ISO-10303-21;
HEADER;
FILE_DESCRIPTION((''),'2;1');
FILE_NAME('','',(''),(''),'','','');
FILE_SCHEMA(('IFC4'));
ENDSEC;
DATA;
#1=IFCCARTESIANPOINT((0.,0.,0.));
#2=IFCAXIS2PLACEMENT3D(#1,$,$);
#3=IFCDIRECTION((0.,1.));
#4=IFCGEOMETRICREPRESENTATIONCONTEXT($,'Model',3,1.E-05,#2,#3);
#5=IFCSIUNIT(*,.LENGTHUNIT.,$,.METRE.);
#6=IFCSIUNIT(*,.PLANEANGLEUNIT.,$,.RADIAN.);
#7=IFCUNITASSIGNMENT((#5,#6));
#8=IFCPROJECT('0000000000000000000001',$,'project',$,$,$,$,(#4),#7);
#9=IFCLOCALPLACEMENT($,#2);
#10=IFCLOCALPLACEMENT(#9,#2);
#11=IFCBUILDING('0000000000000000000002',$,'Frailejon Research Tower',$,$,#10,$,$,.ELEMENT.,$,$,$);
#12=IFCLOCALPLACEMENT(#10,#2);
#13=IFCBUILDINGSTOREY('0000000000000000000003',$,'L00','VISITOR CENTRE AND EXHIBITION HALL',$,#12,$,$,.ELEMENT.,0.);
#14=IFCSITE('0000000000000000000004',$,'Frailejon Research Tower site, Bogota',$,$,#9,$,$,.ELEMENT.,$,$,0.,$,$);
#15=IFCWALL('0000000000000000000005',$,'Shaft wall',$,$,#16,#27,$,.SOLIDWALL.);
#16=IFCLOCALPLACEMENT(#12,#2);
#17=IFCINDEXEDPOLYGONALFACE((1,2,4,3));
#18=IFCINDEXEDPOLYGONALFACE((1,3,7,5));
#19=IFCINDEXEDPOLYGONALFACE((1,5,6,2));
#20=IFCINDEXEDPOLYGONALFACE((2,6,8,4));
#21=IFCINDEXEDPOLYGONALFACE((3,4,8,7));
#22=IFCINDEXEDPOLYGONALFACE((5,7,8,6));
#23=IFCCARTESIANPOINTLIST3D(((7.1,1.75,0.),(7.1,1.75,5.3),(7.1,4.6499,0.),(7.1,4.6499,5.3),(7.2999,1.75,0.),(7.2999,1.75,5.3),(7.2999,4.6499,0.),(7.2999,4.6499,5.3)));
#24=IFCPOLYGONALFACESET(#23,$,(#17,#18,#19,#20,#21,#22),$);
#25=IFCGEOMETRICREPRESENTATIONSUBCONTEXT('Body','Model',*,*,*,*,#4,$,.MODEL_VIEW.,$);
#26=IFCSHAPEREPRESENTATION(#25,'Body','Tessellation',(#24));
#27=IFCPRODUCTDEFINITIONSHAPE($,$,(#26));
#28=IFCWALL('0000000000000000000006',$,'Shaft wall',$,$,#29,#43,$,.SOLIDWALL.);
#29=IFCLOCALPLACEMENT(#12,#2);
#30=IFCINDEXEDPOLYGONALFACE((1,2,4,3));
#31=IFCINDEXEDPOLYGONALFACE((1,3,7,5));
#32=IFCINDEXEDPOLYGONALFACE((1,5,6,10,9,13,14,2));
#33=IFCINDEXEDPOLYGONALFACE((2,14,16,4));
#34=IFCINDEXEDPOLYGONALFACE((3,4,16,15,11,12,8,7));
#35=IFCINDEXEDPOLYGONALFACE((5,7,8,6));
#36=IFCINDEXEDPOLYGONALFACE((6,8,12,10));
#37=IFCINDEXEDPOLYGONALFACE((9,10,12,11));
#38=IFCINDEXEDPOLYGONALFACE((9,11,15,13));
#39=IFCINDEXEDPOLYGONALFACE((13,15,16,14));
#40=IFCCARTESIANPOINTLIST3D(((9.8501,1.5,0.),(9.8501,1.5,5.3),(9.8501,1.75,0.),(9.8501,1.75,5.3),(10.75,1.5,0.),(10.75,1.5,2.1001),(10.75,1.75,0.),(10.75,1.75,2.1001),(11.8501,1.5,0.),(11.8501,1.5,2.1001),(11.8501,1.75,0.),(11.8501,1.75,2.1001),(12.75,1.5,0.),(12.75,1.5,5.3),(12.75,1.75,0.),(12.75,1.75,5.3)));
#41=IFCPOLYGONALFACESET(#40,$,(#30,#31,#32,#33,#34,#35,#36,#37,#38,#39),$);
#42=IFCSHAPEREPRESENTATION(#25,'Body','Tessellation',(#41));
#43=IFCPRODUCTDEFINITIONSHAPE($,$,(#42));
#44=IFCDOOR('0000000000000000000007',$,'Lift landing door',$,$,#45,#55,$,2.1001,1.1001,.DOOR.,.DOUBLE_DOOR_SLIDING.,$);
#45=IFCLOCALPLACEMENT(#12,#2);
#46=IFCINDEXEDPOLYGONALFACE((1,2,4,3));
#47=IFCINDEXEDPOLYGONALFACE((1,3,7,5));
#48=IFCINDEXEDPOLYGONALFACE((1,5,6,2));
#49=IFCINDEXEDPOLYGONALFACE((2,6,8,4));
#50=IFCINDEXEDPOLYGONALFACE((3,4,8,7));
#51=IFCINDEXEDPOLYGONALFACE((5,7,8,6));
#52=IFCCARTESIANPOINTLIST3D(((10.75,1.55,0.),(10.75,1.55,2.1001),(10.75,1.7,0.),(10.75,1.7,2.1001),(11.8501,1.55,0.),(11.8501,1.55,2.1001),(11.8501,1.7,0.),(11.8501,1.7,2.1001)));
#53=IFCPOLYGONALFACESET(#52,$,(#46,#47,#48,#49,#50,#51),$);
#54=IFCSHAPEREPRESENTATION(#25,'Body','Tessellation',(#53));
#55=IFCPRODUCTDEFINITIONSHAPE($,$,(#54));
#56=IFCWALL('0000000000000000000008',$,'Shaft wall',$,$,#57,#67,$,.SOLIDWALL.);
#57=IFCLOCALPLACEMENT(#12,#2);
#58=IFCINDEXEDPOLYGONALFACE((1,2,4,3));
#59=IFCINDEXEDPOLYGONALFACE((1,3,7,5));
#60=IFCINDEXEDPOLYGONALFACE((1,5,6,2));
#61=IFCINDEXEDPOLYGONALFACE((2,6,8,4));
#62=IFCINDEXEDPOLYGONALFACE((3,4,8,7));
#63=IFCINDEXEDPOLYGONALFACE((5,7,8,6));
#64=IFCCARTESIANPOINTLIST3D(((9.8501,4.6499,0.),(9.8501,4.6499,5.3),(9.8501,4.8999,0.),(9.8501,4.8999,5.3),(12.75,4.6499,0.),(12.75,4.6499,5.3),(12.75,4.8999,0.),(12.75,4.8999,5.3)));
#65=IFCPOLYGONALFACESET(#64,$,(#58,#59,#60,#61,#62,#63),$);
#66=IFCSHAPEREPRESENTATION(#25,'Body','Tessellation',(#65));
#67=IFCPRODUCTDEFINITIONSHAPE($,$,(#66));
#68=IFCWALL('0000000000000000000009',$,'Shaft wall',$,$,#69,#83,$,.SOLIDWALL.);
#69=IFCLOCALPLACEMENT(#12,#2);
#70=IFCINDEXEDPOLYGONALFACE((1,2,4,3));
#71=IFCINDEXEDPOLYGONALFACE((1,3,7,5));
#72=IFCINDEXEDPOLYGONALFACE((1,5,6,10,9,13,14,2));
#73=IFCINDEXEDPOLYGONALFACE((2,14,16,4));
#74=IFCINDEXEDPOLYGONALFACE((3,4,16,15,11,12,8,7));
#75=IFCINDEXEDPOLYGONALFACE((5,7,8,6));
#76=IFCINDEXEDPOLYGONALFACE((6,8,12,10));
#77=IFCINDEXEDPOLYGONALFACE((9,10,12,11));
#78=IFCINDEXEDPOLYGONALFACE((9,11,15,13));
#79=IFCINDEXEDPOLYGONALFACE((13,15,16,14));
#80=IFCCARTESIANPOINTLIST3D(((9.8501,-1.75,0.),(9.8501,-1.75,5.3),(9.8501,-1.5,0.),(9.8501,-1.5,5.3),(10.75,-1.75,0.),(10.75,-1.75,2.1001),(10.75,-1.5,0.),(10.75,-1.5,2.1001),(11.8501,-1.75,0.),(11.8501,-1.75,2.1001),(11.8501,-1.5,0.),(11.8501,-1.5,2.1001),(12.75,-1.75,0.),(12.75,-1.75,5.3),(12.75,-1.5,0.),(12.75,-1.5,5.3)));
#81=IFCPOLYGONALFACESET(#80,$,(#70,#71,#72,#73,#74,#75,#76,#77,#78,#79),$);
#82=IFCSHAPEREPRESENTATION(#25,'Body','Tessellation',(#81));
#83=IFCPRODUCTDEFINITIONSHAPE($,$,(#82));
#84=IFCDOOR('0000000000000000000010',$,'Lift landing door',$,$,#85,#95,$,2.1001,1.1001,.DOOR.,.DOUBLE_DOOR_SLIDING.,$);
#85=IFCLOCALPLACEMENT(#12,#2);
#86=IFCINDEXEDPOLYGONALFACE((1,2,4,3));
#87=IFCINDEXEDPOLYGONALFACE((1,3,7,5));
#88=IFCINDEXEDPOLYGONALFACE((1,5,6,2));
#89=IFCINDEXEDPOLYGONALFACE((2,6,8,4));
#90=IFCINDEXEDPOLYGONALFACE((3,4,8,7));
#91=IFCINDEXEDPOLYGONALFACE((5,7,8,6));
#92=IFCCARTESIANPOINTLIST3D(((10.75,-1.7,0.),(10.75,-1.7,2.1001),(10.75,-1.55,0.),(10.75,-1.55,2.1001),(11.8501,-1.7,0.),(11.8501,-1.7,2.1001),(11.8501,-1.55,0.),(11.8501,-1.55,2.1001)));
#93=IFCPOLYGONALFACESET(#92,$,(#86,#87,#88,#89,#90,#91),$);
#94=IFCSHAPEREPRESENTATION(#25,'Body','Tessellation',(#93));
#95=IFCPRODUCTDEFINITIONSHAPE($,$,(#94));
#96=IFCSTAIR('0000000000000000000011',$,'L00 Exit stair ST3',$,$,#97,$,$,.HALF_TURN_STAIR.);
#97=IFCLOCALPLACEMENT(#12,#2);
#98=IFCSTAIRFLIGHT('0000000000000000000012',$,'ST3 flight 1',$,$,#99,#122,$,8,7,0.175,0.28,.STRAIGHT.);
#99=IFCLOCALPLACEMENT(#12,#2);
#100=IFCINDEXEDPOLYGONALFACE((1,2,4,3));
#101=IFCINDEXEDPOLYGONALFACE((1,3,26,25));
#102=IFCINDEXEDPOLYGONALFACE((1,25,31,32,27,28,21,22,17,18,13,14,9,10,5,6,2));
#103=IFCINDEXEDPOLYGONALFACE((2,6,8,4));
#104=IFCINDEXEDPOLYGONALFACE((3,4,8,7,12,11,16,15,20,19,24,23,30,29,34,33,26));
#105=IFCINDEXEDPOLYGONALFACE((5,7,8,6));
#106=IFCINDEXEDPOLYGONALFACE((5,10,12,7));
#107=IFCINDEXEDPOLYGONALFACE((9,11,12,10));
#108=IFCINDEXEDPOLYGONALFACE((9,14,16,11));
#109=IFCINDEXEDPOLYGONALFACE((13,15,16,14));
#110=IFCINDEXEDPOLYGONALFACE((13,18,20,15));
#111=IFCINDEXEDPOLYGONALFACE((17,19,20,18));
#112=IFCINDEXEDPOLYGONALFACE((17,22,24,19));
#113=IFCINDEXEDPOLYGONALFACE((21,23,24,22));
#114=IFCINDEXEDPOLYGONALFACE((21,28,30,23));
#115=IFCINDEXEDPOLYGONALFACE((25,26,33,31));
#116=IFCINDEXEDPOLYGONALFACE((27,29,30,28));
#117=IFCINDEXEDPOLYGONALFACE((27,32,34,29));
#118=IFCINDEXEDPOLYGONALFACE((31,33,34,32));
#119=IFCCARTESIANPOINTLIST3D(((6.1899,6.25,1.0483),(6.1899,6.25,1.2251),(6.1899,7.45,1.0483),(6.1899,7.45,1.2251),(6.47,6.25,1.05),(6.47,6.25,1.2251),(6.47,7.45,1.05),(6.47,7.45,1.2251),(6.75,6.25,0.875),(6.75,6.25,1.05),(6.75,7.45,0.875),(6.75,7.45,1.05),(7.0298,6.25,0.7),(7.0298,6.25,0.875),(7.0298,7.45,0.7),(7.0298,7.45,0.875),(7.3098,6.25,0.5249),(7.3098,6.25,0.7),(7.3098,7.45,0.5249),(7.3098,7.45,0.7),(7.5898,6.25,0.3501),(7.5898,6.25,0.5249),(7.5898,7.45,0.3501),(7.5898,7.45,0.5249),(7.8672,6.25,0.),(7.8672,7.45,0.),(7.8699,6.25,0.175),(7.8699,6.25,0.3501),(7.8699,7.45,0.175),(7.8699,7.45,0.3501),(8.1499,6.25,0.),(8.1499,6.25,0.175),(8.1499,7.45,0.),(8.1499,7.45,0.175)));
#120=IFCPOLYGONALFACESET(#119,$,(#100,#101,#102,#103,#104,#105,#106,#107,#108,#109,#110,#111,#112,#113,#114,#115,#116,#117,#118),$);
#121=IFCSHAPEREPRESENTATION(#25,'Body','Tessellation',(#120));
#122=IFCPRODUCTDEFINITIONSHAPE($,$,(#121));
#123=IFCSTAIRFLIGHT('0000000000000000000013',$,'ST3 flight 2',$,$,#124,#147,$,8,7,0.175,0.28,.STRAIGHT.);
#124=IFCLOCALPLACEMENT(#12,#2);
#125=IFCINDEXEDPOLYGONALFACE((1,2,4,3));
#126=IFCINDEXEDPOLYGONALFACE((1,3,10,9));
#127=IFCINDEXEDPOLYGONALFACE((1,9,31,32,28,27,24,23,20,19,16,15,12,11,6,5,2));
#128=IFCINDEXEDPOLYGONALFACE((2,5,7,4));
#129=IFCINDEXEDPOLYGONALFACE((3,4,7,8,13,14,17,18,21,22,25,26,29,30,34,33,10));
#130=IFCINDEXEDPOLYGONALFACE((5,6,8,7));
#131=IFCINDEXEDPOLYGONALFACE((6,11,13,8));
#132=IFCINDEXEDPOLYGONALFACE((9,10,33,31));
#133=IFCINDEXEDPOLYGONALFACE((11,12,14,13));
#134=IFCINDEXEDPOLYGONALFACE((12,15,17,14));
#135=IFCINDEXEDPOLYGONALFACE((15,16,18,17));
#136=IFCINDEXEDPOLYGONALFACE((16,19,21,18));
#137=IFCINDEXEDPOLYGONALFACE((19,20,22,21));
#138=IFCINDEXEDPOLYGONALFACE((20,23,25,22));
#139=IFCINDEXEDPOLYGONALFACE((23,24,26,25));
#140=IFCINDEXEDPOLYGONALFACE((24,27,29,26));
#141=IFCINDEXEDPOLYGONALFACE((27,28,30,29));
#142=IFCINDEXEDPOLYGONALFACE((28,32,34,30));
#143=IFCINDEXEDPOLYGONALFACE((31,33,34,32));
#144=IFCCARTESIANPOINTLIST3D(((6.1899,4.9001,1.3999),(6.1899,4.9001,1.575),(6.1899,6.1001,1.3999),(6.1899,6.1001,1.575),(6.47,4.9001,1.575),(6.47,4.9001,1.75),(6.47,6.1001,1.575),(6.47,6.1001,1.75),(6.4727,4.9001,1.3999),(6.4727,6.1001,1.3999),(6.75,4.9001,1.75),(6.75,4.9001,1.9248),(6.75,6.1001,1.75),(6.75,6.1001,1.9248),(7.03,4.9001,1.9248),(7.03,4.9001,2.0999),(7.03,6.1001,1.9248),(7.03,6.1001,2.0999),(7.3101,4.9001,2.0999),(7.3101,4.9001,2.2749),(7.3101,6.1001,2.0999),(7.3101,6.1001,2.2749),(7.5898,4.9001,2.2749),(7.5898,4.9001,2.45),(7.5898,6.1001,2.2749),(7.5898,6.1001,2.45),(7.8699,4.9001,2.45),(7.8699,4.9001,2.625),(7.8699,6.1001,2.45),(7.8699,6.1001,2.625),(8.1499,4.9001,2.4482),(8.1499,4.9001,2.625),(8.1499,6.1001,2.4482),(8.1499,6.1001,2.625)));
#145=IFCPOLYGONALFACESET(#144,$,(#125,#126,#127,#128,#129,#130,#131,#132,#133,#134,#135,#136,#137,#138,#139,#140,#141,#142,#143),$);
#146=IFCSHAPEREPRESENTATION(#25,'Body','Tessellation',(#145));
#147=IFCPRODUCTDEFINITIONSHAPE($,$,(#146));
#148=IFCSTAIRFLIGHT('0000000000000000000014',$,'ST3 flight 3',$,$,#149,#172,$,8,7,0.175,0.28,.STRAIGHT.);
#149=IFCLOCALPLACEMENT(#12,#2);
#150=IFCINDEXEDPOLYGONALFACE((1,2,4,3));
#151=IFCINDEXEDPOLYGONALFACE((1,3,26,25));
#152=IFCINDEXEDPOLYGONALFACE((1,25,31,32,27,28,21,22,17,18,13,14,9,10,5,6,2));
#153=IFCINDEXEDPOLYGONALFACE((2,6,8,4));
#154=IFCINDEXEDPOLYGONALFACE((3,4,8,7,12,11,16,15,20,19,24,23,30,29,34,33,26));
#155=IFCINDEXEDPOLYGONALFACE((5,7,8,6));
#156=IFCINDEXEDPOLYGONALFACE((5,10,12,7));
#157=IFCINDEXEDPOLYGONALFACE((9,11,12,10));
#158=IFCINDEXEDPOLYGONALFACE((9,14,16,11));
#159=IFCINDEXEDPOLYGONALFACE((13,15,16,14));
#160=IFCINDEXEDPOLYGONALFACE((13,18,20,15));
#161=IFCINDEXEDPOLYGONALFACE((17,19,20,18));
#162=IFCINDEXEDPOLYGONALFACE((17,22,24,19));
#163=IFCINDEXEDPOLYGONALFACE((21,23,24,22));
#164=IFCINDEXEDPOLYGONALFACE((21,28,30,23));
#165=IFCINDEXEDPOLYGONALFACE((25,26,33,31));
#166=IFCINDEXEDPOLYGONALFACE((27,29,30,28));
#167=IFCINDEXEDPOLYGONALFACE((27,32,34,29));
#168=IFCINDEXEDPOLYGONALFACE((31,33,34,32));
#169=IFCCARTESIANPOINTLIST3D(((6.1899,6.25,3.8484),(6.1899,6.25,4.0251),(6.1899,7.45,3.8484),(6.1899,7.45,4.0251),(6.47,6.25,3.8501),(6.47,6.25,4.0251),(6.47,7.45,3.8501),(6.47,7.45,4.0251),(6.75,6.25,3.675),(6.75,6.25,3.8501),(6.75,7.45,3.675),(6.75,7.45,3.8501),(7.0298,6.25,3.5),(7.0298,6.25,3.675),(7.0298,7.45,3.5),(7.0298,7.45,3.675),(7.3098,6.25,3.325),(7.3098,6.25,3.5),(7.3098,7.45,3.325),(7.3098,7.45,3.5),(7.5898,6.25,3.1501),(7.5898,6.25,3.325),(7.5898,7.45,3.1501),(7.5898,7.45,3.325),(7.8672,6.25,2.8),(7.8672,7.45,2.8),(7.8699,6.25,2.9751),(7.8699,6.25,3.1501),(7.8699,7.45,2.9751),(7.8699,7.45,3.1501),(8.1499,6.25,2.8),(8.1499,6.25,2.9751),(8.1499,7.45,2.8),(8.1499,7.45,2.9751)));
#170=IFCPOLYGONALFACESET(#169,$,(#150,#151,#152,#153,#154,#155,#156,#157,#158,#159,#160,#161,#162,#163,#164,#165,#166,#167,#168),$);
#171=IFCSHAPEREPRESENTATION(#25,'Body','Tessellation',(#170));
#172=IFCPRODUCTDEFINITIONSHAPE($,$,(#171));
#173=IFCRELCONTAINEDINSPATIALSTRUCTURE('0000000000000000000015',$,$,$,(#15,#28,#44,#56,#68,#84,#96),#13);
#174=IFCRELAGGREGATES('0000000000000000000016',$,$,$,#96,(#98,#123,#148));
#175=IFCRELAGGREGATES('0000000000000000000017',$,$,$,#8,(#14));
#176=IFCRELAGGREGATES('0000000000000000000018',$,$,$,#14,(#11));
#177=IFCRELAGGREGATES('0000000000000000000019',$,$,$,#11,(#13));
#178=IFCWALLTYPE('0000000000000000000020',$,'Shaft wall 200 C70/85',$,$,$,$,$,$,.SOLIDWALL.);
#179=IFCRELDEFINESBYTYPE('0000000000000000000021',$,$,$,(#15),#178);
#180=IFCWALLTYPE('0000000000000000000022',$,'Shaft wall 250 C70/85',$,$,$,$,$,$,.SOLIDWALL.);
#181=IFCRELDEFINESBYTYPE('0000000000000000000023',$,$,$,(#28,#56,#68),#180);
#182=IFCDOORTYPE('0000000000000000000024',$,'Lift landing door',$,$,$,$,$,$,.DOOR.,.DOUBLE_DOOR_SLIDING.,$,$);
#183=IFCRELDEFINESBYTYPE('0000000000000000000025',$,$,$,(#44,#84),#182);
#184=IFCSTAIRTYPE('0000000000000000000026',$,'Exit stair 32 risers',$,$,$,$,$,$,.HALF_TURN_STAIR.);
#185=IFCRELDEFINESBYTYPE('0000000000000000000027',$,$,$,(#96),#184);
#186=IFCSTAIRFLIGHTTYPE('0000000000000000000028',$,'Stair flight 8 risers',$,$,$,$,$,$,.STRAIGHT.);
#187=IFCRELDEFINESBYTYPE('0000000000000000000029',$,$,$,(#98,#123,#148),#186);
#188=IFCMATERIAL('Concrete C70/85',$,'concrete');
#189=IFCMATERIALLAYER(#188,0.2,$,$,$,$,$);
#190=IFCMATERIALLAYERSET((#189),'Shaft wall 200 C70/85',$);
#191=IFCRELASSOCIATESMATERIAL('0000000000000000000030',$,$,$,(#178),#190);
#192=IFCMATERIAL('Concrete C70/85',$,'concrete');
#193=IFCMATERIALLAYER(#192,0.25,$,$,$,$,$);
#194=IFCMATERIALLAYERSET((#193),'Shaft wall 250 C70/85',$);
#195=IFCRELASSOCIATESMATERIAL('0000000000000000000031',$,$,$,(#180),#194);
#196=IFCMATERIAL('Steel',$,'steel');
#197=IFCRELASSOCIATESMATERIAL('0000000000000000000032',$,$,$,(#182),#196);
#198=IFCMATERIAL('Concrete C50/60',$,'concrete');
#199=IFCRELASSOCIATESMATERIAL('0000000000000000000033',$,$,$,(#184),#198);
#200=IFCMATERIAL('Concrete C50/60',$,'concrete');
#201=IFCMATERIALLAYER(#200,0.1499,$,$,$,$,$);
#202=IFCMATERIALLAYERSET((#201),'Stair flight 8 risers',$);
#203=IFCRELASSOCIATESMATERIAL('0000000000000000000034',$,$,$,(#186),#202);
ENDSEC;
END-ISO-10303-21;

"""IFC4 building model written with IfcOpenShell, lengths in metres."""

from ifc_helpers import new_model, si_unit, direction, frame, frame_2d, origin, place, context, subcontext, project, spatial, polyline, rectangle, outline, extrude, material, layer, layer_set, type_object, element, fill, aggregate, save


model = new_model("IFC4")

# Units and contexts
model_context = context("Model", 3, precision=1e-05, world=origin(), true_north=direction((0.0, 1.0)))
body_context = subcontext(model_context, "Body", "Model", "MODEL_VIEW")
ifc_project = project(units=[si_unit("LENGTHUNIT", "METRE"), si_unit("PLANEANGLEUNIT", "RADIAN")], contexts=[model_context])

# Site, building, storey
site_placement = place(None, origin())
site = spatial("IfcSite", under=ifc_project, at=site_placement, Name="Frailejon Research Tower site, Bogota", CompositionType="ELEMENT", RefElevation=0.0)
building_placement = place(site_placement, origin())
building = spatial("IfcBuilding", under=site, at=building_placement, Name="Frailejon Research Tower", CompositionType="ELEMENT")
storey_placement = place(building_placement, origin())
storey = spatial("IfcBuildingStorey", under=building, at=storey_placement, Name="L00", Description="VISITOR CENTRE AND EXHIBITION HALL", CompositionType="ELEMENT", Elevation=0.0)

# Wall
ifc_material_1 = material(Name="Concrete C70/85", Category="concrete")
ifc_layer_1 = layer(ifc_material_1, 0.2)
ifc_layer_set_1 = layer_set([ifc_layer_1], Name="Shaft wall 200 C70/85")
wall_type_1 = type_object("IfcWallType", Name="Shaft wall 200 C70/85", PredefinedType="SOLIDWALL", material=ifc_layer_set_1)
for number, where, z_axis, x_axis, name in (
    (1, (7.2, 1.75, 0.0), (0.0, 0.0, 1.0), (0.0, 1.0, 0.0), "Shaft wall"),
):
    element("IfcWall", number, at=place(storey_placement, frame(where, z_axis=z_axis, x_axis=x_axis)), inside=storey, type_object=wall_type_1, Name=name, PredefinedType="SOLIDWALL", context=body_context, shape_type="SweptSolid", body=[
        extrude(rectangle(XDim=2.8999, YDim=0.2, at=frame_2d((1.45, 0.0))), origin(), (0.0, 0.0, 1.0), 5.3),
    ])

# Wall, opening, door
ifc_material_2 = material(Name="Concrete C70/85", Category="concrete")
ifc_layer_2 = layer(ifc_material_2, 0.25)
ifc_layer_set_2 = layer_set([ifc_layer_2], Name="Shaft wall 250 C70/85")
wall_type_2 = type_object("IfcWallType", Name="Shaft wall 250 C70/85", PredefinedType="SOLIDWALL", material=ifc_layer_set_2)
wall_1_placement = place(storey_placement, frame((9.8501, 1.625, 0.0), z_axis=(0.0, 0.0, 1.0), x_axis=(1.0, 0.0, 0.0)))
wall_1 = element("IfcWall", 2, at=wall_1_placement, inside=storey, type_object=wall_type_2, Name="Shaft wall", PredefinedType="SOLIDWALL", context=body_context, shape_type="SweptSolid", body=[
    extrude(rectangle(XDim=2.8999, YDim=0.25, at=frame_2d((1.45, 0.0))), origin(), (0.0, 0.0, 1.0), 5.3),
])
opening_1_placement = place(wall_1_placement, frame((0.8999, 0.0, 0.0)))
opening_1 = element("IfcOpeningElement", 3, at=opening_1_placement, cuts=wall_1, PredefinedType="OPENING", context=body_context, shape_type="SweptSolid", body=[
    extrude(rectangle(XDim=1.1001, YDim=2.1001, at=frame_2d((0.55, 1.05))), frame((0.0, 0.135, 0.0), z_axis=(0.0, -1.0, 0.0), x_axis=(1.0, 0.0, 0.0)), (0.0, 0.0, 1.0), 0.27),
])
ifc_material_3 = material(Name="Steel", Category="steel")
door_type_1 = type_object("IfcDoorType", Name="Lift landing door", OperationType="DOUBLE_DOOR_SLIDING", PredefinedType="DOOR", material=ifc_material_3)
door_1_placement = place(opening_1_placement, origin())
door_1 = element("IfcDoor", 4, at=door_1_placement, inside=storey, type_object=door_type_1, Name="Lift landing door", OperationType="DOUBLE_DOOR_SLIDING", OverallHeight=2.1001, OverallWidth=1.1001, PredefinedType="DOOR", context=body_context, shape_type="SweptSolid", body=[
    extrude(rectangle(XDim=1.1001, YDim=2.1001, at=frame_2d((0.55, 1.05))), frame((0.0, 0.075, 0.0), z_axis=(0.0, -1.0, 0.0), x_axis=(1.0, 0.0, 0.0)), (0.0, 0.0, 1.0), 0.1499),
])
fill(opening_1, door_1)

# Wall
wall_2_placement = place(storey_placement, frame((9.8501, 4.7749, 0.0), z_axis=(0.0, 0.0, 1.0), x_axis=(1.0, 0.0, 0.0)))
element("IfcWall", 5, at=wall_2_placement, inside=storey, type_object=wall_type_2, Name="Shaft wall", PredefinedType="SOLIDWALL", context=body_context, shape_type="SweptSolid", body=[
    extrude(rectangle(XDim=2.8999, YDim=0.25, at=frame_2d((1.45, 0.0))), origin(), (0.0, 0.0, 1.0), 5.3),
])

# Wall, opening, door
wall_3_placement = place(storey_placement, frame((9.8501, -1.625, 0.0), z_axis=(0.0, 0.0, 1.0), x_axis=(1.0, 0.0, 0.0)))
wall_3 = element("IfcWall", 6, at=wall_3_placement, inside=storey, type_object=wall_type_2, Name="Shaft wall", PredefinedType="SOLIDWALL", context=body_context, shape_type="SweptSolid", body=[
    extrude(rectangle(XDim=2.8999, YDim=0.25, at=frame_2d((1.45, 0.0))), origin(), (0.0, 0.0, 1.0), 5.3),
])
opening_2_placement = place(wall_3_placement, frame((0.8999, 0.0, 0.0)))
opening_2 = element("IfcOpeningElement", 7, at=opening_2_placement, cuts=wall_3, PredefinedType="OPENING", context=body_context, shape_type="SweptSolid", body=[
    extrude(rectangle(XDim=1.1001, YDim=2.1001, at=frame_2d((0.55, 1.05))), frame((0.0, 0.135, 0.0), z_axis=(0.0, -1.0, 0.0), x_axis=(1.0, 0.0, 0.0)), (0.0, 0.0, 1.0), 0.27),
])
door_2_placement = place(opening_2_placement, origin())
door_2 = element("IfcDoor", 8, at=door_2_placement, inside=storey, type_object=door_type_1, Name="Lift landing door", OperationType="DOUBLE_DOOR_SLIDING", OverallHeight=2.1001, OverallWidth=1.1001, PredefinedType="DOOR", context=body_context, shape_type="SweptSolid", body=[
    extrude(rectangle(XDim=1.1001, YDim=2.1001, at=frame_2d((0.55, 1.05))), frame((0.0, 0.075, 0.0), z_axis=(0.0, -1.0, 0.0), x_axis=(1.0, 0.0, 0.0)), (0.0, 0.0, 1.0), 0.1499),
])
fill(opening_2, door_2)

# Stair, stair flights
ifc_material_4 = material(Name="Concrete C50/60", Category="concrete")
stair_type = type_object("IfcStairType", Name="Exit stair 32 risers", PredefinedType="HALF_TURN_STAIR", material=ifc_material_4)
stair_placement = place(storey_placement, origin())
stair = element("IfcStair", 9, at=stair_placement, inside=storey, type_object=stair_type, Name="L00 Exit stair ST3", PredefinedType="HALF_TURN_STAIR")
ifc_material_5 = material(Name="Concrete C50/60", Category="concrete")
ifc_layer_3 = layer(ifc_material_5, 0.1499)
ifc_layer_set_3 = layer_set([ifc_layer_3], Name="Stair flight 8 risers")
stair_flight_type = type_object("IfcStairFlightType", Name="Stair flight 8 risers", PredefinedType="STRAIGHT", material=ifc_layer_set_3)
stair_flight_1_placement = place(storey_placement, frame((8.1499, 6.8501, 0.0), z_axis=(0.0, 0.0, 1.0), x_axis=(-1.0, 0.0, 0.0)))
stair_flight_1 = element("IfcStairFlight", 10, at=stair_flight_1_placement, type_object=stair_flight_type, Name="ST3 flight 1", NumberOfRisers=8, NumberOfTreads=7, PredefinedType="STRAIGHT", RiserHeight=0.175, TreadLength=0.28, context=body_context, shape_type="SweptSolid", body=[
    extrude(outline(polyline([(0.0, 0.0), (0.0, 0.175), (0.28, 0.175), (0.28, 0.3501), (0.5601, 0.3501), (0.5601, 0.5249), (0.8401, 0.5249), (0.8401, 0.7), (1.1201, 0.7), (1.1201, 0.875), (1.3999, 0.875), (1.3999, 1.05), (1.6799, 1.05), (1.6799, 1.2251), (1.96, 1.2251), (1.96, 1.3999), (1.96, 1.0483), (0.2827, 0.0), (0.0, 0.0)])), frame((0.0, 0.6001, 0.0), z_axis=(0.0, -1.0, 0.0), x_axis=(1.0, 0.0, 0.0)), (0.0, 0.0, 1.0), 1.2),
])
stair_flight_2_placement = place(storey_placement, frame((6.1899, 5.5, 1.3999), z_axis=(0.0, 0.0, 1.0), x_axis=(1.0, 0.0, 0.0)))
stair_flight_2 = element("IfcStairFlight", 11, at=stair_flight_2_placement, type_object=stair_flight_type, Name="ST3 flight 2", NumberOfRisers=8, NumberOfTreads=7, PredefinedType="STRAIGHT", RiserHeight=0.175, TreadLength=0.28, context=body_context, shape_type="SweptSolid", body=[
    extrude(outline(polyline([(0.0, 0.0), (0.0, 0.175), (0.28, 0.175), (0.28, 0.3501), (0.5601, 0.3501), (0.5601, 0.5249), (0.8401, 0.5249), (0.8401, 0.7), (1.1201, 0.7), (1.1201, 0.875), (1.3999, 0.875), (1.3999, 1.05), (1.6799, 1.05), (1.6799, 1.2251), (1.96, 1.2251), (1.96, 1.3999), (1.96, 1.0483), (0.2827, 0.0), (0.0, 0.0)])), frame((0.0, 0.6001, 0.0), z_axis=(0.0, -1.0, 0.0), x_axis=(1.0, 0.0, 0.0)), (0.0, 0.0, 1.0), 1.2),
])
stair_flight_3_placement = place(storey_placement, frame((8.1499, 6.8501, 2.8), z_axis=(0.0, 0.0, 1.0), x_axis=(-1.0, 0.0, 0.0)))
stair_flight_3 = element("IfcStairFlight", 12, at=stair_flight_3_placement, type_object=stair_flight_type, Name="ST3 flight 3", NumberOfRisers=8, NumberOfTreads=7, PredefinedType="STRAIGHT", RiserHeight=0.175, TreadLength=0.28, context=body_context, shape_type="SweptSolid", body=[
    extrude(outline(polyline([(0.0, 0.0), (0.0, 0.175), (0.28, 0.175), (0.28, 0.3501), (0.5601, 0.3501), (0.5601, 0.5249), (0.8401, 0.5249), (0.8401, 0.7), (1.1201, 0.7), (1.1201, 0.875), (1.3999, 0.875), (1.3999, 1.05), (1.6799, 1.05), (1.6799, 1.2251), (1.96, 1.2251), (1.96, 1.3999), (1.96, 1.0483), (0.2827, 0.0), (0.0, 0.0)])), frame((0.0, 0.6001, 0.0), z_axis=(0.0, -1.0, 0.0), x_axis=(1.0, 0.0, 0.0)), (0.0, 0.0, 1.0), 1.2),
])
aggregate(stair, [stair_flight_1, stair_flight_2, stair_flight_3])

save(model, "model.ifc")
